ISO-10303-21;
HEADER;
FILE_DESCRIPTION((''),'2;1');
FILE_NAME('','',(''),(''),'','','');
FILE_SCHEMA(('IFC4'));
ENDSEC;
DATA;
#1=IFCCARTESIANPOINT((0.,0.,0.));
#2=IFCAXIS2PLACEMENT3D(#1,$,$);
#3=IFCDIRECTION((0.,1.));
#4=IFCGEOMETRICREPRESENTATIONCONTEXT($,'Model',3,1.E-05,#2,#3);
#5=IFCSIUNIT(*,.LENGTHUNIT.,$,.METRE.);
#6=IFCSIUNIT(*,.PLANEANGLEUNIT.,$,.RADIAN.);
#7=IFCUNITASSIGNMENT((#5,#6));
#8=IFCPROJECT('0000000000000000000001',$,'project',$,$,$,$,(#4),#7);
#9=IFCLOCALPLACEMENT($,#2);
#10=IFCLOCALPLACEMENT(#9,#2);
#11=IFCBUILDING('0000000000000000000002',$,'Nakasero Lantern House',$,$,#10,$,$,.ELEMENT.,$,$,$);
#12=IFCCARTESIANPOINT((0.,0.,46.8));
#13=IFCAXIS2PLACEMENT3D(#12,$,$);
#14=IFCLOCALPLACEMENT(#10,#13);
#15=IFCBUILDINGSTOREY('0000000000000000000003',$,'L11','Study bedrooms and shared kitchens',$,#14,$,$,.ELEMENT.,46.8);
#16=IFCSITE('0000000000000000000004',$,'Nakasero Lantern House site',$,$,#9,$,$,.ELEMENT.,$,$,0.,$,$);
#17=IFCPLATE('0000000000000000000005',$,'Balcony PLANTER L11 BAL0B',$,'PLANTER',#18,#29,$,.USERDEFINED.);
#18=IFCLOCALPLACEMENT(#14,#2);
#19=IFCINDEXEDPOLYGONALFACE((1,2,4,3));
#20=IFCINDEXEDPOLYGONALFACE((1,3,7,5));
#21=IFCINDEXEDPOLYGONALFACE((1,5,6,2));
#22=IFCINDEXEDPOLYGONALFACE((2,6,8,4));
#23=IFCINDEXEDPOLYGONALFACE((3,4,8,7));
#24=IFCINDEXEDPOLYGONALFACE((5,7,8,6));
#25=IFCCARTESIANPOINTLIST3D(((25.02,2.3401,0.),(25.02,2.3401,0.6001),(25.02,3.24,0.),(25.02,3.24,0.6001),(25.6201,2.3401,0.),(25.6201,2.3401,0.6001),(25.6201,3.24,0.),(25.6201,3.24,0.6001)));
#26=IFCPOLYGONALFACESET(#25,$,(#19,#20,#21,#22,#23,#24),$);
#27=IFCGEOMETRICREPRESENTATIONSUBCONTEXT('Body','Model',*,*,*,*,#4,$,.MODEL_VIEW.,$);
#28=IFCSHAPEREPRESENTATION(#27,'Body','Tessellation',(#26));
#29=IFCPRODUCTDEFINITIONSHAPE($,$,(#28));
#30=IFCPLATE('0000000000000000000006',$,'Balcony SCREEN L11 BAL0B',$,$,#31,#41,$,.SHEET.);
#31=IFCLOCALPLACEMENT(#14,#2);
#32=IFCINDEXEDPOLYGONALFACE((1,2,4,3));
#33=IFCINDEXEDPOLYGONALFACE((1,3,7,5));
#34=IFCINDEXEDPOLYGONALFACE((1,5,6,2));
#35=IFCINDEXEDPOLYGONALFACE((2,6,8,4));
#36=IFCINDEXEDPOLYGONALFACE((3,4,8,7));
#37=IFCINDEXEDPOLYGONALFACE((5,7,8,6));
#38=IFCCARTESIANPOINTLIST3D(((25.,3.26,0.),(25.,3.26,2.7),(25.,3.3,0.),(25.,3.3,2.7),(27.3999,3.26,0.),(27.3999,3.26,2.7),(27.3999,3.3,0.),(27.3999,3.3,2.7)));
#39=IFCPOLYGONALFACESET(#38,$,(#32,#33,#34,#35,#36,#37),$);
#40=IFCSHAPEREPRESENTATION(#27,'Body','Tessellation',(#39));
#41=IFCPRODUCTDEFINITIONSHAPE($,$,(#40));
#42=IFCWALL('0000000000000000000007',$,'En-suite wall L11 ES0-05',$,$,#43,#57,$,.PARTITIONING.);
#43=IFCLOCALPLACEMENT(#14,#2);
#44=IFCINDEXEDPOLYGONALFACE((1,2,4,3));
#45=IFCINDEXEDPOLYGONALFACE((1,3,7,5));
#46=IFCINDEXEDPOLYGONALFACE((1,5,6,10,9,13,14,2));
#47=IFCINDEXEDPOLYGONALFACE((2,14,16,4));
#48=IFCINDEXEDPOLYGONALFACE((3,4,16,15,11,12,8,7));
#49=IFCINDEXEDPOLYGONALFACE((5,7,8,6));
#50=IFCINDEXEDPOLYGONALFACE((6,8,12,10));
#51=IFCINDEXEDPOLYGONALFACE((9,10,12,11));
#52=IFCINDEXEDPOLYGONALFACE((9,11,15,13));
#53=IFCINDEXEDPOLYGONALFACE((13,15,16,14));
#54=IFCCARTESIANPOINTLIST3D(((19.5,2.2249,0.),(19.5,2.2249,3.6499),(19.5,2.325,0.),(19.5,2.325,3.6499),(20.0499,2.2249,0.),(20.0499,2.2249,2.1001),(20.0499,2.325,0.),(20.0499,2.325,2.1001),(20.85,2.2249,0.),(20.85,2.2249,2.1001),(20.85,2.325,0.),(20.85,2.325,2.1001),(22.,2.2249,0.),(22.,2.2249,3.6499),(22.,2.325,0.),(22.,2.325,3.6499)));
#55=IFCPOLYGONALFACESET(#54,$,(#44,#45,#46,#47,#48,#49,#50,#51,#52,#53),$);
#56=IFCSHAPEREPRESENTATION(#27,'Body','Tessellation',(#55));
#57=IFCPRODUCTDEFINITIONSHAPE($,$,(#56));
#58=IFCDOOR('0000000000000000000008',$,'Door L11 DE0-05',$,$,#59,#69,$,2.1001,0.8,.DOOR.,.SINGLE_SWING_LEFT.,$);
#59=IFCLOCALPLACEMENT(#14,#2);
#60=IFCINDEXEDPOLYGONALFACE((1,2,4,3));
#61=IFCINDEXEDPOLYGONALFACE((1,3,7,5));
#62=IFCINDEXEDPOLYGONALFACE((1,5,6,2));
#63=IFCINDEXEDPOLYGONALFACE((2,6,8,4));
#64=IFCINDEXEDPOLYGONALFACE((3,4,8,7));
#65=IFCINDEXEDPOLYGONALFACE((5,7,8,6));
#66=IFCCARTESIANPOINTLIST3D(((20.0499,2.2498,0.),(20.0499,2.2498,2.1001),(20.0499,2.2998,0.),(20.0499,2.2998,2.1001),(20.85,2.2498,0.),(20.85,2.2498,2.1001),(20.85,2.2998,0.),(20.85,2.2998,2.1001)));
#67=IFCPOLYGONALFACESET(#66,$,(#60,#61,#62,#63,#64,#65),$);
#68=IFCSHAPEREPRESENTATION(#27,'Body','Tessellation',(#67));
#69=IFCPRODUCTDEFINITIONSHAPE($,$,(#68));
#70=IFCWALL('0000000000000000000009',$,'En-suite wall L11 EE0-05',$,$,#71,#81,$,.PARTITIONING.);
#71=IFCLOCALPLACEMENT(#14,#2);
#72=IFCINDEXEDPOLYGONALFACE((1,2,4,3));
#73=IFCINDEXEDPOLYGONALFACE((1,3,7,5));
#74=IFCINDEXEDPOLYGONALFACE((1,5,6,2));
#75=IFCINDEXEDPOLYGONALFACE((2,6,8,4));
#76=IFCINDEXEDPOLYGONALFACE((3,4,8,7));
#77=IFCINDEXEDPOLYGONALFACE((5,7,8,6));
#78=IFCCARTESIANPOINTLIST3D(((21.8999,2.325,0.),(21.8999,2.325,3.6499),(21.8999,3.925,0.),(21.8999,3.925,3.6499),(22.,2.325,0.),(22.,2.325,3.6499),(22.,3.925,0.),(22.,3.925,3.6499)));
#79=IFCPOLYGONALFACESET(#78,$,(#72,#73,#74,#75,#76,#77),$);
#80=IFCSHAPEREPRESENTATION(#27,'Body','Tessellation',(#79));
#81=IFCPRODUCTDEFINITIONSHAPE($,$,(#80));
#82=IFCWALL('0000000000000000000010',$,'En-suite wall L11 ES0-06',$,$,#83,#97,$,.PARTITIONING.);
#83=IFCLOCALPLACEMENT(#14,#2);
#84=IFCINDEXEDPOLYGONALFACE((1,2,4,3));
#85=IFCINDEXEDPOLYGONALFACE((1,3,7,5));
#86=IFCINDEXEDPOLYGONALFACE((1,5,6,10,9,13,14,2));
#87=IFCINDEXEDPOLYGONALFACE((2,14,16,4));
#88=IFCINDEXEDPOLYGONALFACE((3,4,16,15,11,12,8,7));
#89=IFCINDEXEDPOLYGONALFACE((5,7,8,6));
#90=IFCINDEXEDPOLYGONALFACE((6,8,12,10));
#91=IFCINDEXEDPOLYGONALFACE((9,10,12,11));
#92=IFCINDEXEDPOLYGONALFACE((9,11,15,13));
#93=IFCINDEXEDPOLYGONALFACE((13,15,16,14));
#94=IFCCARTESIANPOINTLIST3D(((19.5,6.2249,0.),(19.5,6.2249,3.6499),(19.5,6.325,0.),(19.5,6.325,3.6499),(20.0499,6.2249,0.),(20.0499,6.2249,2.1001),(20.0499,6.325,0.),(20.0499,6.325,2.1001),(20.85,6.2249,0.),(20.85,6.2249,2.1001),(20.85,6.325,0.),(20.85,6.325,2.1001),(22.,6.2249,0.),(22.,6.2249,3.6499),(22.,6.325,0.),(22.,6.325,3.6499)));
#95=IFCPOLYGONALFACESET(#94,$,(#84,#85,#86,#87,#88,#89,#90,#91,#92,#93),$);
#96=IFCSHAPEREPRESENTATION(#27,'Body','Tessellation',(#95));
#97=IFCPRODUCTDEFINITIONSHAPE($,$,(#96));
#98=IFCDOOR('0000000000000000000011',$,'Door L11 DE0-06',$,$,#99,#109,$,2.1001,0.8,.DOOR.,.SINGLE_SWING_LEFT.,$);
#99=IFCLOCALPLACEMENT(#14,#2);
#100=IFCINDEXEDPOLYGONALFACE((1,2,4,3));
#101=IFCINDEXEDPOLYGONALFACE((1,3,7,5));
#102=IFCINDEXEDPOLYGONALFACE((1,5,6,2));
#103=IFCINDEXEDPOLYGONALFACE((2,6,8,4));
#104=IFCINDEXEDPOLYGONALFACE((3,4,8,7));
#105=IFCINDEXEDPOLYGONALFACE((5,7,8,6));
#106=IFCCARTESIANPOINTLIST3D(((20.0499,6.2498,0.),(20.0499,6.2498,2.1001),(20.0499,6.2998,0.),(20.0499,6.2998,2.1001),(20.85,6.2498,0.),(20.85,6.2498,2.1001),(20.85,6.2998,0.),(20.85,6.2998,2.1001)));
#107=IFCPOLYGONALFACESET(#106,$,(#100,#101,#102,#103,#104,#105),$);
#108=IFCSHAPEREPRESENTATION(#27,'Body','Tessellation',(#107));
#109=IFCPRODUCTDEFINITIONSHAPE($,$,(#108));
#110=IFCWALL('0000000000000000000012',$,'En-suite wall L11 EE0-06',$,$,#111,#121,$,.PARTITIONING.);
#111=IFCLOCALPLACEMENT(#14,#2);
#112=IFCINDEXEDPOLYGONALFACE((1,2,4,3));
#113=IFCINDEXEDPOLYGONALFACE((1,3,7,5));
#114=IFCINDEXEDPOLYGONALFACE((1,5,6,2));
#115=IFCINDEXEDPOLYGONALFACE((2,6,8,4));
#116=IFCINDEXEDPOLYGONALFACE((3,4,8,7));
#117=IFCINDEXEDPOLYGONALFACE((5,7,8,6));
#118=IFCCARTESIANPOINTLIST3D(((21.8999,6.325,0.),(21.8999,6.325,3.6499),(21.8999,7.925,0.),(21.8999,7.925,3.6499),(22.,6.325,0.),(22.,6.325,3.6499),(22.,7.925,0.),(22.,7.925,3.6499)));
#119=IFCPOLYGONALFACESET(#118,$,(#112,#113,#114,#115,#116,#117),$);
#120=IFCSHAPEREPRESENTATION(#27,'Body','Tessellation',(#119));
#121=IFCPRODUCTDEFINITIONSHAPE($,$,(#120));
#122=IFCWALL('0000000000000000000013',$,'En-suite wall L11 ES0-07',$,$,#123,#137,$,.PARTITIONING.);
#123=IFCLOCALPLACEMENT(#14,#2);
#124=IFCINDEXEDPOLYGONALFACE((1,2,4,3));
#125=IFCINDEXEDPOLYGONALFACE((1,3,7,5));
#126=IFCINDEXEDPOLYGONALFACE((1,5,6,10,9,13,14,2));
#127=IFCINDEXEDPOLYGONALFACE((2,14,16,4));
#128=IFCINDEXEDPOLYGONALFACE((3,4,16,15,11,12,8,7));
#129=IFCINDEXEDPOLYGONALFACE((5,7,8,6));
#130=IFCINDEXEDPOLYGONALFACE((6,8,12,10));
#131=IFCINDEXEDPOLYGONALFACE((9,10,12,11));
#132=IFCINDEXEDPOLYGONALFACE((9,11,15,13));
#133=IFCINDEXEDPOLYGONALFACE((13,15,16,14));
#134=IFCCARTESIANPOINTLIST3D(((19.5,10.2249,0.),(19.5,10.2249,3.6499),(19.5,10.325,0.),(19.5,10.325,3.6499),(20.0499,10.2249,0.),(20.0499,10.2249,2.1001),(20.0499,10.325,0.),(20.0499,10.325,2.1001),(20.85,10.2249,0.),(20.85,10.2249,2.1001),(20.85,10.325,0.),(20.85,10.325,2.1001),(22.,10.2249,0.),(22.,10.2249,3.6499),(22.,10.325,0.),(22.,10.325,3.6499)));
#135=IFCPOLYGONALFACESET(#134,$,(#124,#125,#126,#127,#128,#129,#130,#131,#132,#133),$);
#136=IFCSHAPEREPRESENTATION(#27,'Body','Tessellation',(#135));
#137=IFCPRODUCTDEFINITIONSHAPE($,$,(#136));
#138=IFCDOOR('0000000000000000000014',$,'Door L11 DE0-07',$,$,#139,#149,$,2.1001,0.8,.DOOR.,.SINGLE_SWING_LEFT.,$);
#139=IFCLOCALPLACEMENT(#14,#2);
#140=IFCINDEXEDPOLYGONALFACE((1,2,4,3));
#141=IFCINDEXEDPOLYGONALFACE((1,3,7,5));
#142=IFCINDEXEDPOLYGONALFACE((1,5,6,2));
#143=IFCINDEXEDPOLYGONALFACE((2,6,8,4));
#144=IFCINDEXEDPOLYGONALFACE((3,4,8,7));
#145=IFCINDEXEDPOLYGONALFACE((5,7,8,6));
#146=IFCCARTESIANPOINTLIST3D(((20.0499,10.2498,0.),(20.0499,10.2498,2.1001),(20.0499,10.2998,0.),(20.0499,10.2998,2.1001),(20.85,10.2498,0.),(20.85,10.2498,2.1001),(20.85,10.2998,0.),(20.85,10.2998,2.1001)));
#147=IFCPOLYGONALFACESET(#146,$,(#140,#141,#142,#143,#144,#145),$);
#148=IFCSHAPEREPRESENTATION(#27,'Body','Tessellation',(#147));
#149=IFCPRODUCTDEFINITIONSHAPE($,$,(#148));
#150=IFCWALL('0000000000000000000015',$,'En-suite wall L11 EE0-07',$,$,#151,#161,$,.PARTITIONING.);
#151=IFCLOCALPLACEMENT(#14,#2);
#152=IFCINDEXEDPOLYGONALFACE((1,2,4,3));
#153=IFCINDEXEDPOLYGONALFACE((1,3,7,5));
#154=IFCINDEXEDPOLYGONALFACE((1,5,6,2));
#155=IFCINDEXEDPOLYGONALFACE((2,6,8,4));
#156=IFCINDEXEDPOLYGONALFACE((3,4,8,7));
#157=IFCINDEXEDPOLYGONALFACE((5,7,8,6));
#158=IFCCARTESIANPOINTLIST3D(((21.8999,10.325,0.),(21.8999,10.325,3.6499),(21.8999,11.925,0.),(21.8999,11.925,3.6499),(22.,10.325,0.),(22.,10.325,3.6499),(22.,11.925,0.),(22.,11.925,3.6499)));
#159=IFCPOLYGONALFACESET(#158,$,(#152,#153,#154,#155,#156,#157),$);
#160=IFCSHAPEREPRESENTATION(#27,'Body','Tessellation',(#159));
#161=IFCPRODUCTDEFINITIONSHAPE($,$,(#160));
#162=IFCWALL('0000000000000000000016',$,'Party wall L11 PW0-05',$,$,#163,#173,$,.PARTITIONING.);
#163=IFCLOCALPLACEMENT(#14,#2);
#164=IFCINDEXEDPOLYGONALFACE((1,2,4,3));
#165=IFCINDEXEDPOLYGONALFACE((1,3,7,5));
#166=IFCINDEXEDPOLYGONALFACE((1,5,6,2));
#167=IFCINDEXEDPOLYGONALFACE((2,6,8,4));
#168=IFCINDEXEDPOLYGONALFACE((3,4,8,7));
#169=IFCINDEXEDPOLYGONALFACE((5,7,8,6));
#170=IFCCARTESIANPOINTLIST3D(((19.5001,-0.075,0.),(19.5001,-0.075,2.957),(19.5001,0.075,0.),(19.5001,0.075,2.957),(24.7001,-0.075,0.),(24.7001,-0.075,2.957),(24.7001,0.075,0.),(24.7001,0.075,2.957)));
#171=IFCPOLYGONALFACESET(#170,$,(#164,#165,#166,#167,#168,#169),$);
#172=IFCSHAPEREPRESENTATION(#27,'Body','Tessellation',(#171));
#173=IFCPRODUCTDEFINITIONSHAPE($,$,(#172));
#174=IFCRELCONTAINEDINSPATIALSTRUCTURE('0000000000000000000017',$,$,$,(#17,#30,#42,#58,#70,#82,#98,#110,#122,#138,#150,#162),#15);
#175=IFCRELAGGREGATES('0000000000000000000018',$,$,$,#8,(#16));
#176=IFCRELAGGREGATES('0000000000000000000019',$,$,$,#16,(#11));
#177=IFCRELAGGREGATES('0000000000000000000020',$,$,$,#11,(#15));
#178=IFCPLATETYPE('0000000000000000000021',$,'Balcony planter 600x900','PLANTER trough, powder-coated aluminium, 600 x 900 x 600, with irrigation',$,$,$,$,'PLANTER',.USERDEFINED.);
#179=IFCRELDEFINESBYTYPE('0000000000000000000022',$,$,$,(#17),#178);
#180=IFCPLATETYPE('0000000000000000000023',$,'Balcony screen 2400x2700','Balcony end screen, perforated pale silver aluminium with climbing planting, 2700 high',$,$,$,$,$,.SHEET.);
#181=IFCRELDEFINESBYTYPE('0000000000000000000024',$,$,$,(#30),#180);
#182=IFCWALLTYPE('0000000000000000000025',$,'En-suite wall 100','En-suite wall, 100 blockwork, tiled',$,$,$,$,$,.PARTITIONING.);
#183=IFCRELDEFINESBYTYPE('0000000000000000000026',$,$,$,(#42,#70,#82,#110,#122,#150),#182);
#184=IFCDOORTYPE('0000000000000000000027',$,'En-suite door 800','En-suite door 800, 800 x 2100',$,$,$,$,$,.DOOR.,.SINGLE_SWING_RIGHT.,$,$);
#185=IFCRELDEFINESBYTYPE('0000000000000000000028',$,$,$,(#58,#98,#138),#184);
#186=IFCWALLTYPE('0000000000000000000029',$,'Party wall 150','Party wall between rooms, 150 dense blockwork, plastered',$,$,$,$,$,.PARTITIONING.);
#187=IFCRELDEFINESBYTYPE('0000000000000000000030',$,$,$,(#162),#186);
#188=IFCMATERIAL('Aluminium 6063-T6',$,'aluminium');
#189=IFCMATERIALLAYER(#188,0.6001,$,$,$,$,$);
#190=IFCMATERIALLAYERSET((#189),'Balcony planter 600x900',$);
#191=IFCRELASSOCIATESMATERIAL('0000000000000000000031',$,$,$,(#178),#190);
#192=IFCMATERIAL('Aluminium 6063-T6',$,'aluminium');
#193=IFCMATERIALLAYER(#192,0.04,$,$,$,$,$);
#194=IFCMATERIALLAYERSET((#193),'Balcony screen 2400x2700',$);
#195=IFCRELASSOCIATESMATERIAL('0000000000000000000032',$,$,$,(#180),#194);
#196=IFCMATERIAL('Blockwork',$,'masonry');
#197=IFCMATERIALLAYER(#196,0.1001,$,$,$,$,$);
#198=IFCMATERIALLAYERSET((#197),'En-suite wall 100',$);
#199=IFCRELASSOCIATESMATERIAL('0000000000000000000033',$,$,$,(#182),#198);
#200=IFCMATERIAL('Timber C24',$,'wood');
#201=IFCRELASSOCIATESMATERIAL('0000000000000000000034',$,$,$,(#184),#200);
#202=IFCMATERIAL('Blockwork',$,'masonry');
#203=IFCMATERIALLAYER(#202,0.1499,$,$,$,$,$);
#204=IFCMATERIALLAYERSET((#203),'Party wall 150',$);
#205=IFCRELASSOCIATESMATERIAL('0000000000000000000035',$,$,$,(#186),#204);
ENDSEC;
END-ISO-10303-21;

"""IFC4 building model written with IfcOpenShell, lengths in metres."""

from ifc_helpers import new_model, si_unit, direction, frame, frame_2d, origin, origin_2d, place, context, subcontext, project, spatial, rectangle, extrude, material, layer, layer_set, type_object, element, fill, save


model = new_model("IFC4")

# Units and contexts
model_context = context("Model", 3, precision=1e-05, world=origin(), true_north=direction((0.0, 1.0)))
body_context = subcontext(model_context, "Body", "Model", "MODEL_VIEW")
ifc_project = project(units=[si_unit("LENGTHUNIT", "METRE"), si_unit("PLANEANGLEUNIT", "RADIAN")], contexts=[model_context])

# Site, building, storey
site_placement = place(None, origin())
site = spatial("IfcSite", under=ifc_project, at=site_placement, Name="Nakasero Lantern House site", CompositionType="ELEMENT", RefElevation=0.0)
building_placement = place(site_placement, origin())
building = spatial("IfcBuilding", under=site, at=building_placement, Name="Nakasero Lantern House", CompositionType="ELEMENT")
storey_placement = place(building_placement, frame((0.0, 0.0, 46.8)))
storey = spatial("IfcBuildingStorey", under=building, at=storey_placement, Name="L11", Description="Study bedrooms and shared kitchens", CompositionType="ELEMENT", Elevation=46.8)

# Plates
ifc_material_1 = material(Name="Aluminium 6063-T6", Category="aluminium")
ifc_layer_1 = layer(ifc_material_1, 0.6001)
ifc_layer_set_1 = layer_set([ifc_layer_1], Name="Balcony planter 600x900")
plate_type_1 = type_object("IfcPlateType", Name="Balcony planter 600x900", Description="PLANTER trough, powder-coated aluminium, 600 x 900 x 600, with irrigation", ElementType="PLANTER", PredefinedType="USERDEFINED", material=ifc_layer_set_1)
plate_1_placement = place(storey_placement, frame((25.3201, 2.79, 0.0), z_axis=(0.0, 0.0, 1.0), x_axis=(1.0, 0.0, 0.0)))
element("IfcPlate", 1, at=plate_1_placement, inside=storey, type_object=plate_type_1, Name="Balcony PLANTER L11 BAL0B", ObjectType="PLANTER", PredefinedType="USERDEFINED", context=body_context, shape_type="SweptSolid", body=[
    extrude(rectangle(XDim=0.6001, YDim=0.8999, at=origin_2d()), origin(), (0.0, 0.0, 1.0), 0.6001),
])
ifc_material_2 = material(Name="Aluminium 6063-T6", Category="aluminium")
ifc_layer_2 = layer(ifc_material_2, 0.04)
ifc_layer_set_2 = layer_set([ifc_layer_2], Name="Balcony screen 2400x2700")
plate_type_2 = type_object("IfcPlateType", Name="Balcony screen 2400x2700", Description="Balcony end screen, perforated pale silver aluminium with climbing planting, 2700 high", PredefinedType="SHEET", material=ifc_layer_set_2)
plate_2_placement = place(storey_placement, frame((26.2, 3.28, 0.0), z_axis=(0.0, 0.0, 1.0), x_axis=(1.0, 0.0, 0.0)))
element("IfcPlate", 2, at=plate_2_placement, inside=storey, type_object=plate_type_2, Name="Balcony SCREEN L11 BAL0B", PredefinedType="SHEET", context=body_context, shape_type="SweptSolid", body=[
    extrude(rectangle(XDim=2.3999, YDim=0.04, at=origin_2d()), origin(), (0.0, 0.0, 1.0), 2.7),
])

# Wall, opening, door
ifc_material_3 = material(Name="Blockwork", Category="masonry")
ifc_layer_3 = layer(ifc_material_3, 0.1001)
ifc_layer_set_3 = layer_set([ifc_layer_3], Name="En-suite wall 100")
wall_type_1 = type_object("IfcWallType", Name="En-suite wall 100", Description="En-suite wall, 100 blockwork, tiled", PredefinedType="PARTITIONING", material=ifc_layer_set_3)
wall_1_placement = place(storey_placement, frame((19.5, 2.2749, 0.0), z_axis=(0.0, 0.0, 1.0), x_axis=(1.0, 0.0, 0.0)))
wall_1 = element("IfcWall", 3, at=wall_1_placement, inside=storey, type_object=wall_type_1, Name="En-suite wall L11 ES0-05", PredefinedType="PARTITIONING", context=body_context, shape_type="SweptSolid", body=[
    extrude(rectangle(XDim=2.5, YDim=0.1001, at=frame_2d((1.25, 0.0))), origin(), (0.0, 0.0, 1.0), 3.6499),
])
opening_1_placement = place(wall_1_placement, frame((0.55, 0.0, 0.0)))
opening_1 = element("IfcOpeningElement", 4, at=opening_1_placement, cuts=wall_1, PredefinedType="OPENING", context=body_context, shape_type="SweptSolid", body=[
    extrude(rectangle(XDim=0.8, YDim=2.1001, at=frame_2d((0.3999, 1.05))), frame((0.0, 0.0701, 0.0), z_axis=(0.0, -1.0, 0.0), x_axis=(1.0, 0.0, 0.0)), (0.0, 0.0, 1.0), 0.1401),
])
ifc_material_4 = material(Name="Timber C24", Category="wood")
door_type = type_object("IfcDoorType", Name="En-suite door 800", Description="En-suite door 800, 800 x 2100", OperationType="SINGLE_SWING_RIGHT", PredefinedType="DOOR", material=ifc_material_4)
door_1_placement = place(opening_1_placement, origin())
door_1 = element("IfcDoor", 5, at=door_1_placement, inside=storey, type_object=door_type, Name="Door L11 DE0-05", OperationType="SINGLE_SWING_LEFT", OverallHeight=2.1001, OverallWidth=0.8, PredefinedType="DOOR", context=body_context, shape_type="SweptSolid", body=[
    extrude(rectangle(XDim=0.8, YDim=2.1001, at=frame_2d((0.3999, 1.05))), frame((0.0, 0.0249, 0.0), z_axis=(0.0, -1.0, 0.0), x_axis=(1.0, 0.0, 0.0)), (0.0, 0.0, 1.0), 0.05),
])
fill(opening_1, door_1)

# Wall
wall_2_placement = place(storey_placement, frame((21.95, 2.325, 0.0), z_axis=(0.0, 0.0, 1.0), x_axis=(0.0, 1.0, 0.0)))
element("IfcWall", 6, at=wall_2_placement, inside=storey, type_object=wall_type_1, Name="En-suite wall L11 EE0-05", PredefinedType="PARTITIONING", context=body_context, shape_type="SweptSolid", body=[
    extrude(rectangle(XDim=1.6001, YDim=0.1001, at=frame_2d((0.8, 0.0))), origin(), (0.0, 0.0, 1.0), 3.6499),
])

# Wall, opening, door
wall_3_placement = place(storey_placement, frame((19.5, 6.2749, 0.0), z_axis=(0.0, 0.0, 1.0), x_axis=(1.0, 0.0, 0.0)))
wall_3 = element("IfcWall", 7, at=wall_3_placement, inside=storey, type_object=wall_type_1, Name="En-suite wall L11 ES0-06", PredefinedType="PARTITIONING", context=body_context, shape_type="SweptSolid", body=[
    extrude(rectangle(XDim=2.5, YDim=0.1001, at=frame_2d((1.25, 0.0))), origin(), (0.0, 0.0, 1.0), 3.6499),
])
opening_2_placement = place(wall_3_placement, frame((0.55, 0.0, 0.0)))
opening_2 = element("IfcOpeningElement", 8, at=opening_2_placement, cuts=wall_3, PredefinedType="OPENING", context=body_context, shape_type="SweptSolid", body=[
    extrude(rectangle(XDim=0.8, YDim=2.1001, at=frame_2d((0.3999, 1.05))), frame((0.0, 0.0701, 0.0), z_axis=(0.0, -1.0, 0.0), x_axis=(1.0, 0.0, 0.0)), (0.0, 0.0, 1.0), 0.1401),
])
door_2_placement = place(opening_2_placement, origin())
door_2 = element("IfcDoor", 9, at=door_2_placement, inside=storey, type_object=door_type, Name="Door L11 DE0-06", OperationType="SINGLE_SWING_LEFT", OverallHeight=2.1001, OverallWidth=0.8, PredefinedType="DOOR", context=body_context, shape_type="SweptSolid", body=[
    extrude(rectangle(XDim=0.8, YDim=2.1001, at=frame_2d((0.3999, 1.05))), frame((0.0, 0.0249, 0.0), z_axis=(0.0, -1.0, 0.0), x_axis=(1.0, 0.0, 0.0)), (0.0, 0.0, 1.0), 0.05),
])
fill(opening_2, door_2)

# Wall
wall_4_placement = place(storey_placement, frame((21.95, 6.325, 0.0), z_axis=(0.0, 0.0, 1.0), x_axis=(0.0, 1.0, 0.0)))
element("IfcWall", 10, at=wall_4_placement, inside=storey, type_object=wall_type_1, Name="En-suite wall L11 EE0-06", PredefinedType="PARTITIONING", context=body_context, shape_type="SweptSolid", body=[
    extrude(rectangle(XDim=1.6001, YDim=0.1001, at=frame_2d((0.8, 0.0))), origin(), (0.0, 0.0, 1.0), 3.6499),
])

# Wall, opening, door
wall_5_placement = place(storey_placement, frame((19.5, 10.2749, 0.0), z_axis=(0.0, 0.0, 1.0), x_axis=(1.0, 0.0, 0.0)))
wall_5 = element("IfcWall", 11, at=wall_5_placement, inside=storey, type_object=wall_type_1, Name="En-suite wall L11 ES0-07", PredefinedType="PARTITIONING", context=body_context, shape_type="SweptSolid", body=[
    extrude(rectangle(XDim=2.5, YDim=0.1001, at=frame_2d((1.25, 0.0))), origin(), (0.0, 0.0, 1.0), 3.6499),
])
opening_3_placement = place(wall_5_placement, frame((0.55, 0.0, 0.0)))
opening_3 = element("IfcOpeningElement", 12, at=opening_3_placement, cuts=wall_5, PredefinedType="OPENING", context=body_context, shape_type="SweptSolid", body=[
    extrude(rectangle(XDim=0.8, YDim=2.1001, at=frame_2d((0.3999, 1.05))), frame((0.0, 0.0701, 0.0), z_axis=(0.0, -1.0, 0.0), x_axis=(1.0, 0.0, 0.0)), (0.0, 0.0, 1.0), 0.1401),
])
door_3_placement = place(opening_3_placement, origin())
door_3 = element("IfcDoor", 13, at=door_3_placement, inside=storey, type_object=door_type, Name="Door L11 DE0-07", OperationType="SINGLE_SWING_LEFT", OverallHeight=2.1001, OverallWidth=0.8, PredefinedType="DOOR", context=body_context, shape_type="SweptSolid", body=[
    extrude(rectangle(XDim=0.8, YDim=2.1001, at=frame_2d((0.3999, 1.05))), frame((0.0, 0.0249, 0.0), z_axis=(0.0, -1.0, 0.0), x_axis=(1.0, 0.0, 0.0)), (0.0, 0.0, 1.0), 0.05),
])
fill(opening_3, door_3)

# Walls
wall_6_placement = place(storey_placement, frame((21.95, 10.325, 0.0), z_axis=(0.0, 0.0, 1.0), x_axis=(0.0, 1.0, 0.0)))
element("IfcWall", 14, at=wall_6_placement, inside=storey, type_object=wall_type_1, Name="En-suite wall L11 EE0-07", PredefinedType="PARTITIONING", context=body_context, shape_type="SweptSolid", body=[
    extrude(rectangle(XDim=1.6001, YDim=0.1001, at=frame_2d((0.8, 0.0))), origin(), (0.0, 0.0, 1.0), 3.6499),
])
ifc_material_5 = material(Name="Blockwork", Category="masonry")
ifc_layer_4 = layer(ifc_material_5, 0.1499)
ifc_layer_set_4 = layer_set([ifc_layer_4], Name="Party wall 150")
wall_type_2 = type_object("IfcWallType", Name="Party wall 150", Description="Party wall between rooms, 150 dense blockwork, plastered", PredefinedType="PARTITIONING", material=ifc_layer_set_4)
wall_7_placement = place(storey_placement, frame((19.5, 0.0, 0.0), z_axis=(0.0, 0.0, 1.0), x_axis=(1.0, 0.0, 0.0)))
element("IfcWall", 15, at=wall_7_placement, inside=storey, type_object=wall_type_2, Name="Party wall L11 PW0-05", PredefinedType="PARTITIONING", context=body_context, shape_type="SweptSolid", body=[
    extrude(rectangle(XDim=5.2, YDim=0.1499, at=frame_2d((2.6001, 0.0))), origin(), (0.0, 0.0, 1.0), 2.957),
])

save(model, "model.ifc")
